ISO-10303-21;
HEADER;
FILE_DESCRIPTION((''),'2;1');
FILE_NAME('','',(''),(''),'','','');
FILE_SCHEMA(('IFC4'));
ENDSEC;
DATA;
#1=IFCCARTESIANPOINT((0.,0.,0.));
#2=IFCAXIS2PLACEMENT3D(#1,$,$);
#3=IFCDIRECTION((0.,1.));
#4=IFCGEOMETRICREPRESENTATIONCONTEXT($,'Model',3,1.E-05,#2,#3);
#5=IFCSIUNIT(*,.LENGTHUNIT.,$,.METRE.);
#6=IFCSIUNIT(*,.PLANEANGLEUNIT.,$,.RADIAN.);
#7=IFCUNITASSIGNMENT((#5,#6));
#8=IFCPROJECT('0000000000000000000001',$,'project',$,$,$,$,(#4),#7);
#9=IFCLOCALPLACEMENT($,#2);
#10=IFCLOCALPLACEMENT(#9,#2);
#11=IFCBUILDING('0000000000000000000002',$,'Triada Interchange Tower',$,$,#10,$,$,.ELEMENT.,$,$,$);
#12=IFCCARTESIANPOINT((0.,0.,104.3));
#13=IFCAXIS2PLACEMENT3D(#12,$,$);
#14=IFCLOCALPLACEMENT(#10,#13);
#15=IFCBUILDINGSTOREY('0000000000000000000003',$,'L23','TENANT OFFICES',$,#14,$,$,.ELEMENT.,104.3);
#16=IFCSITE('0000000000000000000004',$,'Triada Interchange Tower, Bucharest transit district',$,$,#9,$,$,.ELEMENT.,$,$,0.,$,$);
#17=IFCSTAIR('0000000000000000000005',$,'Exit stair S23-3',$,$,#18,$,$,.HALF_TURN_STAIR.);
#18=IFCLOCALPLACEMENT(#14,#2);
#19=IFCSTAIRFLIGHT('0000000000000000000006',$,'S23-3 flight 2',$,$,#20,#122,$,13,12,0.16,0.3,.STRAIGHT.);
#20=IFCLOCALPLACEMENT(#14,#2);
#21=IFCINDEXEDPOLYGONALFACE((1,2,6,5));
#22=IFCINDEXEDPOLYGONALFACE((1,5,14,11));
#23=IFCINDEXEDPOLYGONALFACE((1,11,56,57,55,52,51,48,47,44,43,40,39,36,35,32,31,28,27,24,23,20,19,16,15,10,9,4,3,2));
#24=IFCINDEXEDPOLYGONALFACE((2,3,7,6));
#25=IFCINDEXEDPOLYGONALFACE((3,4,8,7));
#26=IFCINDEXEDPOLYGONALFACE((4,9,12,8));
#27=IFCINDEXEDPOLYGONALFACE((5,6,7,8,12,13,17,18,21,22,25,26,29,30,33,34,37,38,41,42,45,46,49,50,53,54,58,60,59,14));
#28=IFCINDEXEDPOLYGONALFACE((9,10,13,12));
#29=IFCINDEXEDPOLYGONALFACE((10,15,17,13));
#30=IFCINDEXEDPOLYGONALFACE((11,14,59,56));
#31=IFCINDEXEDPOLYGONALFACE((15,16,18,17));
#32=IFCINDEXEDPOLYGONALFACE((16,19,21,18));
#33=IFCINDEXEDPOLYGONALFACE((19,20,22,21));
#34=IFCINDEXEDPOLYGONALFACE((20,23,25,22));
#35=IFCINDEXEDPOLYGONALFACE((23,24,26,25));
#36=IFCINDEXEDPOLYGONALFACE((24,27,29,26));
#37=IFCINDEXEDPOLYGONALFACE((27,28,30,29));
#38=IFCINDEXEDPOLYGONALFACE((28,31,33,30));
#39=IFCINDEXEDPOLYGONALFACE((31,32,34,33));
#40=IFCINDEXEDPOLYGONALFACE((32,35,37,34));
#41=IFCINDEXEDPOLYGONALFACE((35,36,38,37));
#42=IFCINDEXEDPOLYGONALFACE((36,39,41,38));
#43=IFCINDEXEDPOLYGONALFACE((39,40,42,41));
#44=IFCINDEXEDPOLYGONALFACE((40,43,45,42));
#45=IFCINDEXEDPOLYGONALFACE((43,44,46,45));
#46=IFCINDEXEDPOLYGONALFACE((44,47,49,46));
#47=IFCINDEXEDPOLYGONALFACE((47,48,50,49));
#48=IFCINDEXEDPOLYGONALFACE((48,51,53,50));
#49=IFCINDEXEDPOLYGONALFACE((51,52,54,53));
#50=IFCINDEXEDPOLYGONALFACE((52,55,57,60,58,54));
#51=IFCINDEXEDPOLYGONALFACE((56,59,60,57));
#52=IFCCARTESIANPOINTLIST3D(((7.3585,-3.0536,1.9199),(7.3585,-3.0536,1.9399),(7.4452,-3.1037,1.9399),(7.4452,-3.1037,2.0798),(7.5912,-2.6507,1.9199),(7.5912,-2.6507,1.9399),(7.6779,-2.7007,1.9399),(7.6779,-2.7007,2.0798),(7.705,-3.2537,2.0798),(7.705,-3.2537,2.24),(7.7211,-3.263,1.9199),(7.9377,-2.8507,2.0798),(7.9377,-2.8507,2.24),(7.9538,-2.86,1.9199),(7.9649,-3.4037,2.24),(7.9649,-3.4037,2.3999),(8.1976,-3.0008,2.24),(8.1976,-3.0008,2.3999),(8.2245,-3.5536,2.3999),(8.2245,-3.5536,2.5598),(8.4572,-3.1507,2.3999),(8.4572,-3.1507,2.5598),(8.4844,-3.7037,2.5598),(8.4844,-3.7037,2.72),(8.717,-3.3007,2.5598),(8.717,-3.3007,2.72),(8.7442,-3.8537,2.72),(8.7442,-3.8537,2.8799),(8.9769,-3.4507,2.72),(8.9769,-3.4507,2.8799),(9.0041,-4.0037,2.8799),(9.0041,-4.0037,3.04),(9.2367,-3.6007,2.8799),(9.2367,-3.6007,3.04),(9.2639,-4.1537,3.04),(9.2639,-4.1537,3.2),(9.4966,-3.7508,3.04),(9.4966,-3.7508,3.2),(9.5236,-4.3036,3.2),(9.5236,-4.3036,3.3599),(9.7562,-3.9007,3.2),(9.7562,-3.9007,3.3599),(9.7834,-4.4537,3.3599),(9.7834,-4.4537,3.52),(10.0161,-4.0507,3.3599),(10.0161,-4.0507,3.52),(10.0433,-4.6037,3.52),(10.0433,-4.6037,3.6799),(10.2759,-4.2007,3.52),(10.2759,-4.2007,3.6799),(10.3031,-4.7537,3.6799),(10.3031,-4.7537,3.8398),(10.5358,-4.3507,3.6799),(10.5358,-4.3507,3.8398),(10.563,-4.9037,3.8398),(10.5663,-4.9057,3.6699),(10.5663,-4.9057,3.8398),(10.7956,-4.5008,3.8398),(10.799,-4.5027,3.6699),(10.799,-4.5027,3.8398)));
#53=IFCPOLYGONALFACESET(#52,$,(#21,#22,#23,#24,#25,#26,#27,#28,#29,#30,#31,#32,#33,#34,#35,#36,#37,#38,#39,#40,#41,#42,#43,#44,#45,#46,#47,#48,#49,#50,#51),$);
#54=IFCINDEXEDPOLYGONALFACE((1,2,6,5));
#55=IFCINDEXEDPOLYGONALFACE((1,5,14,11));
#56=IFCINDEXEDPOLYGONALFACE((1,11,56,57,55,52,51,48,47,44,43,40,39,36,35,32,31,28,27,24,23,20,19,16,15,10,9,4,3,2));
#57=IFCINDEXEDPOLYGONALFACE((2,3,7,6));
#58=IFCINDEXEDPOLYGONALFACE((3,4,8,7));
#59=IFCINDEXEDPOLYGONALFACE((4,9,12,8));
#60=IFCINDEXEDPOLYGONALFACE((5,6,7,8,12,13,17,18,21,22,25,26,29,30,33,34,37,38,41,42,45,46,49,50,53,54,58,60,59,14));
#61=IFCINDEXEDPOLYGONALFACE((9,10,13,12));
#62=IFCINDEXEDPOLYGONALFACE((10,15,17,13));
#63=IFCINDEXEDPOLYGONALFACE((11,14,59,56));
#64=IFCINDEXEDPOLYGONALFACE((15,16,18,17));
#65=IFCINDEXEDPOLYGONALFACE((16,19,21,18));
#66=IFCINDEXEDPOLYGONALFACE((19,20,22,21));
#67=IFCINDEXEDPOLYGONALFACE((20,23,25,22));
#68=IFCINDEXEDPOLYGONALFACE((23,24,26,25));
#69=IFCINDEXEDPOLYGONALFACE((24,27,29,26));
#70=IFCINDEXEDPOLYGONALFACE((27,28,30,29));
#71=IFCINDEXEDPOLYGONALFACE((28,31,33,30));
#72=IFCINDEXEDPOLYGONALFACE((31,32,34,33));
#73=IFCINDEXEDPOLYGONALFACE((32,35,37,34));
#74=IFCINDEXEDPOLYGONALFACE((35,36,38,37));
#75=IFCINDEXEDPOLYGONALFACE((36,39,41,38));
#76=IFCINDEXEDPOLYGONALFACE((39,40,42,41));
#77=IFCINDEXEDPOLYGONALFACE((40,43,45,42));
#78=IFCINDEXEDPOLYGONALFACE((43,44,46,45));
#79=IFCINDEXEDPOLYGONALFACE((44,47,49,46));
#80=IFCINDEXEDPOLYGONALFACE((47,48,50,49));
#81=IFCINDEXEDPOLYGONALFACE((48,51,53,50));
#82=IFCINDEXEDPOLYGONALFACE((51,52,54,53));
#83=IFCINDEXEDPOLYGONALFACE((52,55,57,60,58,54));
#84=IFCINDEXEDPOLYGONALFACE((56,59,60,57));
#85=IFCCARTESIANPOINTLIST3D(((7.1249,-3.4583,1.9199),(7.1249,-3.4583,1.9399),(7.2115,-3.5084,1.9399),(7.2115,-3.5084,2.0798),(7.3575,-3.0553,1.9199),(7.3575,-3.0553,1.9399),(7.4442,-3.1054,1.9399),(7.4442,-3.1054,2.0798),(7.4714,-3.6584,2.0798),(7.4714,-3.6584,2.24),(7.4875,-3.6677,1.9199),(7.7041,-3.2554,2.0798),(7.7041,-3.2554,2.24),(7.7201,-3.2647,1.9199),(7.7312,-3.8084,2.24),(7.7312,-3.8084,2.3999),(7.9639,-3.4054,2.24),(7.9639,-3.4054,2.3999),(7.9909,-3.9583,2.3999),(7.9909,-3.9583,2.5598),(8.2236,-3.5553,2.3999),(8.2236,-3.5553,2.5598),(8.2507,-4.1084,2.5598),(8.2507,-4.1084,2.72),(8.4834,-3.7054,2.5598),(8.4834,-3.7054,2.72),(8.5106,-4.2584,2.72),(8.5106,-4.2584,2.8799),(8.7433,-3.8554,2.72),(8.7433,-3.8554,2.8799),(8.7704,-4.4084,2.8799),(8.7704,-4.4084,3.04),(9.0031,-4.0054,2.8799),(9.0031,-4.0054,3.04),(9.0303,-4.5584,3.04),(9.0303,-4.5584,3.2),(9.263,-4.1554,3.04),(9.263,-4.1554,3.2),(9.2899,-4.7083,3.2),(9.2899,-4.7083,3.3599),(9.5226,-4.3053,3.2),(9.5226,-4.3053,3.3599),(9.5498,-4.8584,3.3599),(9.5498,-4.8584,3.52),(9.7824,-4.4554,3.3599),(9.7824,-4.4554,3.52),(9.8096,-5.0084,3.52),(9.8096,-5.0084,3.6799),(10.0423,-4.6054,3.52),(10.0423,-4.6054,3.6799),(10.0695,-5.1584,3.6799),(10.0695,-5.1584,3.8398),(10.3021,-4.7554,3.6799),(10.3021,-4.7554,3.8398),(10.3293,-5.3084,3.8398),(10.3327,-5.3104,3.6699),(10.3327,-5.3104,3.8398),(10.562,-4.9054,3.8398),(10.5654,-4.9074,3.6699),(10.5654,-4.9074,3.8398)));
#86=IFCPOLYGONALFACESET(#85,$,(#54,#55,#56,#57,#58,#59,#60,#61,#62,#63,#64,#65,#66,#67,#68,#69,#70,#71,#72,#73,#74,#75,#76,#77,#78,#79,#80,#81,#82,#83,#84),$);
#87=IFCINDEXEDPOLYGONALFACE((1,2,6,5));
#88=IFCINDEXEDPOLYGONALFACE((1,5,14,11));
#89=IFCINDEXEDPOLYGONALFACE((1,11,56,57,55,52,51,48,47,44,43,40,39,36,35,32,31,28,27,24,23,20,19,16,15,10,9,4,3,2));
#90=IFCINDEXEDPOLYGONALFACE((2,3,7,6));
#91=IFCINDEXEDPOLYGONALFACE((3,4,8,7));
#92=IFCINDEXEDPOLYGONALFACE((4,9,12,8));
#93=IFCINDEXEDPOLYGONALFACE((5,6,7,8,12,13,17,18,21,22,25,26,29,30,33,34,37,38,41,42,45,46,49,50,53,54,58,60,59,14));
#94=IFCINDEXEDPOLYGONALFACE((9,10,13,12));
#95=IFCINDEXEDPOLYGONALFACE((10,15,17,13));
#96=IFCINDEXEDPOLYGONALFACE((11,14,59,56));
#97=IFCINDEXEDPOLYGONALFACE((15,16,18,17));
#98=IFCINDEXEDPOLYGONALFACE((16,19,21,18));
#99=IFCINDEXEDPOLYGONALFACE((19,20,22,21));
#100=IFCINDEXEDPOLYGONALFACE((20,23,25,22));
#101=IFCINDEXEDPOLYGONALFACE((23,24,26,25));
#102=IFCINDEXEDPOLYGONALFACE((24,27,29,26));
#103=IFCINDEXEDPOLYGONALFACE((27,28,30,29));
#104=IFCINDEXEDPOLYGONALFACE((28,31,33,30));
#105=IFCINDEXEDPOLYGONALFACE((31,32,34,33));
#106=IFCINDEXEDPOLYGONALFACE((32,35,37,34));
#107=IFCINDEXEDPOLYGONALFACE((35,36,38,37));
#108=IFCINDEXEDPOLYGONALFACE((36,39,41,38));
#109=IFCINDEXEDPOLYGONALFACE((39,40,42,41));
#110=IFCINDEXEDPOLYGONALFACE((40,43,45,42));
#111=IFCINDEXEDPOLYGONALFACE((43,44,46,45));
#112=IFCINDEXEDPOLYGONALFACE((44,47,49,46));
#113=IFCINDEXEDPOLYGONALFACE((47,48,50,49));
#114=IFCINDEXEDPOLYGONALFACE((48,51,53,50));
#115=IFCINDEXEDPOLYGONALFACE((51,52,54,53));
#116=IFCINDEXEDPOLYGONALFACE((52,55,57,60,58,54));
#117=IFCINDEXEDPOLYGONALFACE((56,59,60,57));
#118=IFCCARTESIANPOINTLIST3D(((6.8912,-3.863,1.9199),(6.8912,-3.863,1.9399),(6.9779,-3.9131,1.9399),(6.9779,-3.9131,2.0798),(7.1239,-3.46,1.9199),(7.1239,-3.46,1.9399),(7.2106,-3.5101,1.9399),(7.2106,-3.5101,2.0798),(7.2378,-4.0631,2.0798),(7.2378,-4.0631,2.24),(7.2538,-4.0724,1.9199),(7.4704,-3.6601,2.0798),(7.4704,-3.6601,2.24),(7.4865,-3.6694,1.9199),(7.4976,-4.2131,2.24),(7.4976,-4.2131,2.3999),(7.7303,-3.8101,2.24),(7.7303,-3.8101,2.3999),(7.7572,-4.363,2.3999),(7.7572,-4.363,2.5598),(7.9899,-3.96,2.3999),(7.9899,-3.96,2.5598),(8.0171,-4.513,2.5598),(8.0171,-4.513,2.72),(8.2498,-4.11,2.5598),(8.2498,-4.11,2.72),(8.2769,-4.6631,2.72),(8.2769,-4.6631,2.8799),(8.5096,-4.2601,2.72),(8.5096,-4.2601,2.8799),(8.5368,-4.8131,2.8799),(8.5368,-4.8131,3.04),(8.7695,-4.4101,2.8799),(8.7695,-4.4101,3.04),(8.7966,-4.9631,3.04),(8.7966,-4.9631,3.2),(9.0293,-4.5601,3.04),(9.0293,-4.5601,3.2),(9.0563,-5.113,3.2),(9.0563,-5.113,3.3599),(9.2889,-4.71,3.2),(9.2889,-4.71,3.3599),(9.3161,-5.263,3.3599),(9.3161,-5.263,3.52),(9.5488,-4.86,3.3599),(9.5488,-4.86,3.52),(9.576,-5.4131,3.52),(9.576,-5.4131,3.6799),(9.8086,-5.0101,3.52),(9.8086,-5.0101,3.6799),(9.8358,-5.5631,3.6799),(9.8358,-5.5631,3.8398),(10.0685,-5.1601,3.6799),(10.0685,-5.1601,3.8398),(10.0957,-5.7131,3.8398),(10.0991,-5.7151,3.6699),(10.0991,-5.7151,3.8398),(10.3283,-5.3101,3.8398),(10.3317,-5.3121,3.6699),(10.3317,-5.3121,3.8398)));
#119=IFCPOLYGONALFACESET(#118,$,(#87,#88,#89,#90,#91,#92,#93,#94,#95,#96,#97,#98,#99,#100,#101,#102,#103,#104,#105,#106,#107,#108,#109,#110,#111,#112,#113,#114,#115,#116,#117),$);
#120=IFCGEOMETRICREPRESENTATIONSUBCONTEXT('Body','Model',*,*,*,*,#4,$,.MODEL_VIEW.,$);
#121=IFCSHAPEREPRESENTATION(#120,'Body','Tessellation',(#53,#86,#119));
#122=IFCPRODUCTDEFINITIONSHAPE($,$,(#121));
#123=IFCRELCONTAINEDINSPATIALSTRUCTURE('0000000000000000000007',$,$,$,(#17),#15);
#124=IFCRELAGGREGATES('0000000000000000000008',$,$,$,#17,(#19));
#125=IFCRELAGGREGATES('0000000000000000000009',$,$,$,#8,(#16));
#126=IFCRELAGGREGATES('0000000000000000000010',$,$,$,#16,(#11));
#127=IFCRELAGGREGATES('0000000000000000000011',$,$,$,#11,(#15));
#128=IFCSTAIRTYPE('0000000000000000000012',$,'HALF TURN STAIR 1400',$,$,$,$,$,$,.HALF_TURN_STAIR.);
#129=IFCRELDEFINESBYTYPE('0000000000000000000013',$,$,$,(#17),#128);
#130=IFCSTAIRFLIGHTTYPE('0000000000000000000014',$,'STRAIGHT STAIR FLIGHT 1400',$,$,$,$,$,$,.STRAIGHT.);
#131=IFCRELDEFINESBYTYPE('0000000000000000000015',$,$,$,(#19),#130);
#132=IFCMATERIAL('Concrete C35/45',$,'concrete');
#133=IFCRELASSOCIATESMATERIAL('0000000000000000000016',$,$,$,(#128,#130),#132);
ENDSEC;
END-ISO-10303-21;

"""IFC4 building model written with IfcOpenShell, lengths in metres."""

from ifc_helpers import new_model, si_unit, direction, frame, origin, place, context, subcontext, project, spatial, polyline, outline, extrude, material, type_object, element, aggregate, save


model = new_model("IFC4")

# Units and contexts
model_context = context("Model", 3, precision=1e-05, world=origin(), true_north=direction((0.0, 1.0)))
body_context = subcontext(model_context, "Body", "Model", "MODEL_VIEW")
ifc_project = project(units=[si_unit("LENGTHUNIT", "METRE"), si_unit("PLANEANGLEUNIT", "RADIAN")], contexts=[model_context])

# Site, building, storey
site_placement = place(None, origin())
site = spatial("IfcSite", under=ifc_project, at=site_placement, Name="Triada Interchange Tower, Bucharest transit district", CompositionType="ELEMENT", RefElevation=0.0)
building_placement = place(site_placement, origin())
building = spatial("IfcBuilding", under=site, at=building_placement, Name="Triada Interchange Tower", CompositionType="ELEMENT")
storey_placement = place(building_placement, frame((0.0, 0.0, 104.3)))
storey = spatial("IfcBuildingStorey", under=building, at=storey_placement, Name="L23", Description="TENANT OFFICES", CompositionType="ELEMENT", Elevation=104.3)

# Stair, stair flight
ifc_material_1 = material(Name="Concrete C35/45", Category="concrete")
stair_type = type_object("IfcStairType", Name="HALF TURN STAIR 1400", PredefinedType="HALF_TURN_STAIR", material=ifc_material_1)
stair_placement = place(storey_placement, origin())
stair = element("IfcStair", 1, at=stair_placement, inside=storey, type_object=stair_type, Name="Exit stair S23-3", PredefinedType="HALF_TURN_STAIR")
stair_flight_type = type_object("IfcStairFlightType", Name="STRAIGHT STAIR FLIGHT 1400", PredefinedType="STRAIGHT", material=ifc_material_1)
stair_flight_1_placement = place(storey_placement, frame((7.3279, -3.3069, 1.9199), z_axis=(0.0, 0.0, 1.0), x_axis=(0.866025, -0.5, 0.0)))
stair_flight_1 = element("IfcStairFlight", 2, at=stair_flight_1_placement, type_object=stair_flight_type, Name="S23-3 flight 2", NumberOfRisers=13, NumberOfTreads=12, PredefinedType="STRAIGHT", RiserHeight=0.16, TreadLength=0.3, context=body_context, shape_type="SweptSolid", body=[
    extrude(outline(polyline([(-0.1001, 0.0), (-0.1001, 0.02), (0.0, 0.02), (0.0, 0.1599), (0.3, 0.1599), (0.3, 0.3201), (0.6001, 0.3201), (0.6001, 0.48), (0.8999, 0.48), (0.8999, 0.6399), (1.2, 0.6399), (1.2, 0.8), (1.5, 0.8), (1.5, 0.96), (1.8, 0.96), (1.8, 1.1201), (2.1001, 1.1201), (2.1001, 1.28), (2.3999, 1.28), (2.3999, 1.4399), (2.7, 1.4399), (2.7, 1.6001), (3.0, 1.6001), (3.0, 1.76), (3.3, 1.76), (3.3, 1.9199), (3.6001, 1.9199), (3.604, 1.9199), (3.604, 2.0801), (3.604, 1.75), (0.3186, 0.0), (-0.1001, 0.0)])), frame((0.0, 0.7, 0.0), z_axis=(0.0, -1.0, 0.0), x_axis=(1.0, 0.0, 0.0)), (0.0, 0.0, 1.0), 0.4653),
    extrude(outline(polyline([(-0.1001, 0.0), (-0.1001, 0.02), (0.0, 0.02), (0.0, 0.1599), (0.3, 0.1599), (0.3, 0.3201), (0.6001, 0.3201), (0.6001, 0.48), (0.8999, 0.48), (0.8999, 0.6399), (1.2, 0.6399), (1.2, 0.8), (1.5, 0.8), (1.5, 0.96), (1.8, 0.96), (1.8, 1.1201), (2.1001, 1.1201), (2.1001, 1.28), (2.3999, 1.28), (2.3999, 1.4399), (2.7, 1.4399), (2.7, 1.6001), (3.0, 1.6001), (3.0, 1.76), (3.3, 1.76), (3.3, 1.9199), (3.6001, 1.9199), (3.604, 1.9199), (3.604, 2.0801), (3.604, 1.75), (0.3186, 0.0), (-0.1001, 0.0)])), frame((0.0, 0.2327, 0.0), z_axis=(0.0, -1.0, 0.0), x_axis=(1.0, 0.0, 0.0)), (0.0, 0.0, 1.0), 0.4653),
    extrude(outline(polyline([(-0.1001, 0.0), (-0.1001, 0.02), (0.0, 0.02), (0.0, 0.1599), (0.3, 0.1599), (0.3, 0.3201), (0.6001, 0.3201), (0.6001, 0.48), (0.8999, 0.48), (0.8999, 0.6399), (1.2, 0.6399), (1.2, 0.8), (1.5, 0.8), (1.5, 0.96), (1.8, 0.96), (1.8, 1.1201), (2.1001, 1.1201), (2.1001, 1.28), (2.3999, 1.28), (2.3999, 1.4399), (2.7, 1.4399), (2.7, 1.6001), (3.0, 1.6001), (3.0, 1.76), (3.3, 1.76), (3.3, 1.9199), (3.6001, 1.9199), (3.604, 1.9199), (3.604, 2.0801), (3.604, 1.75), (0.3186, 0.0), (-0.1001, 0.0)])), frame((0.0, -0.2346, 0.0), z_axis=(0.0, -1.0, 0.0), x_axis=(1.0, 0.0, 0.0)), (0.0, 0.0, 1.0), 0.4653),
])
aggregate(stair, [stair_flight_1])

save(model, "model.ifc")
